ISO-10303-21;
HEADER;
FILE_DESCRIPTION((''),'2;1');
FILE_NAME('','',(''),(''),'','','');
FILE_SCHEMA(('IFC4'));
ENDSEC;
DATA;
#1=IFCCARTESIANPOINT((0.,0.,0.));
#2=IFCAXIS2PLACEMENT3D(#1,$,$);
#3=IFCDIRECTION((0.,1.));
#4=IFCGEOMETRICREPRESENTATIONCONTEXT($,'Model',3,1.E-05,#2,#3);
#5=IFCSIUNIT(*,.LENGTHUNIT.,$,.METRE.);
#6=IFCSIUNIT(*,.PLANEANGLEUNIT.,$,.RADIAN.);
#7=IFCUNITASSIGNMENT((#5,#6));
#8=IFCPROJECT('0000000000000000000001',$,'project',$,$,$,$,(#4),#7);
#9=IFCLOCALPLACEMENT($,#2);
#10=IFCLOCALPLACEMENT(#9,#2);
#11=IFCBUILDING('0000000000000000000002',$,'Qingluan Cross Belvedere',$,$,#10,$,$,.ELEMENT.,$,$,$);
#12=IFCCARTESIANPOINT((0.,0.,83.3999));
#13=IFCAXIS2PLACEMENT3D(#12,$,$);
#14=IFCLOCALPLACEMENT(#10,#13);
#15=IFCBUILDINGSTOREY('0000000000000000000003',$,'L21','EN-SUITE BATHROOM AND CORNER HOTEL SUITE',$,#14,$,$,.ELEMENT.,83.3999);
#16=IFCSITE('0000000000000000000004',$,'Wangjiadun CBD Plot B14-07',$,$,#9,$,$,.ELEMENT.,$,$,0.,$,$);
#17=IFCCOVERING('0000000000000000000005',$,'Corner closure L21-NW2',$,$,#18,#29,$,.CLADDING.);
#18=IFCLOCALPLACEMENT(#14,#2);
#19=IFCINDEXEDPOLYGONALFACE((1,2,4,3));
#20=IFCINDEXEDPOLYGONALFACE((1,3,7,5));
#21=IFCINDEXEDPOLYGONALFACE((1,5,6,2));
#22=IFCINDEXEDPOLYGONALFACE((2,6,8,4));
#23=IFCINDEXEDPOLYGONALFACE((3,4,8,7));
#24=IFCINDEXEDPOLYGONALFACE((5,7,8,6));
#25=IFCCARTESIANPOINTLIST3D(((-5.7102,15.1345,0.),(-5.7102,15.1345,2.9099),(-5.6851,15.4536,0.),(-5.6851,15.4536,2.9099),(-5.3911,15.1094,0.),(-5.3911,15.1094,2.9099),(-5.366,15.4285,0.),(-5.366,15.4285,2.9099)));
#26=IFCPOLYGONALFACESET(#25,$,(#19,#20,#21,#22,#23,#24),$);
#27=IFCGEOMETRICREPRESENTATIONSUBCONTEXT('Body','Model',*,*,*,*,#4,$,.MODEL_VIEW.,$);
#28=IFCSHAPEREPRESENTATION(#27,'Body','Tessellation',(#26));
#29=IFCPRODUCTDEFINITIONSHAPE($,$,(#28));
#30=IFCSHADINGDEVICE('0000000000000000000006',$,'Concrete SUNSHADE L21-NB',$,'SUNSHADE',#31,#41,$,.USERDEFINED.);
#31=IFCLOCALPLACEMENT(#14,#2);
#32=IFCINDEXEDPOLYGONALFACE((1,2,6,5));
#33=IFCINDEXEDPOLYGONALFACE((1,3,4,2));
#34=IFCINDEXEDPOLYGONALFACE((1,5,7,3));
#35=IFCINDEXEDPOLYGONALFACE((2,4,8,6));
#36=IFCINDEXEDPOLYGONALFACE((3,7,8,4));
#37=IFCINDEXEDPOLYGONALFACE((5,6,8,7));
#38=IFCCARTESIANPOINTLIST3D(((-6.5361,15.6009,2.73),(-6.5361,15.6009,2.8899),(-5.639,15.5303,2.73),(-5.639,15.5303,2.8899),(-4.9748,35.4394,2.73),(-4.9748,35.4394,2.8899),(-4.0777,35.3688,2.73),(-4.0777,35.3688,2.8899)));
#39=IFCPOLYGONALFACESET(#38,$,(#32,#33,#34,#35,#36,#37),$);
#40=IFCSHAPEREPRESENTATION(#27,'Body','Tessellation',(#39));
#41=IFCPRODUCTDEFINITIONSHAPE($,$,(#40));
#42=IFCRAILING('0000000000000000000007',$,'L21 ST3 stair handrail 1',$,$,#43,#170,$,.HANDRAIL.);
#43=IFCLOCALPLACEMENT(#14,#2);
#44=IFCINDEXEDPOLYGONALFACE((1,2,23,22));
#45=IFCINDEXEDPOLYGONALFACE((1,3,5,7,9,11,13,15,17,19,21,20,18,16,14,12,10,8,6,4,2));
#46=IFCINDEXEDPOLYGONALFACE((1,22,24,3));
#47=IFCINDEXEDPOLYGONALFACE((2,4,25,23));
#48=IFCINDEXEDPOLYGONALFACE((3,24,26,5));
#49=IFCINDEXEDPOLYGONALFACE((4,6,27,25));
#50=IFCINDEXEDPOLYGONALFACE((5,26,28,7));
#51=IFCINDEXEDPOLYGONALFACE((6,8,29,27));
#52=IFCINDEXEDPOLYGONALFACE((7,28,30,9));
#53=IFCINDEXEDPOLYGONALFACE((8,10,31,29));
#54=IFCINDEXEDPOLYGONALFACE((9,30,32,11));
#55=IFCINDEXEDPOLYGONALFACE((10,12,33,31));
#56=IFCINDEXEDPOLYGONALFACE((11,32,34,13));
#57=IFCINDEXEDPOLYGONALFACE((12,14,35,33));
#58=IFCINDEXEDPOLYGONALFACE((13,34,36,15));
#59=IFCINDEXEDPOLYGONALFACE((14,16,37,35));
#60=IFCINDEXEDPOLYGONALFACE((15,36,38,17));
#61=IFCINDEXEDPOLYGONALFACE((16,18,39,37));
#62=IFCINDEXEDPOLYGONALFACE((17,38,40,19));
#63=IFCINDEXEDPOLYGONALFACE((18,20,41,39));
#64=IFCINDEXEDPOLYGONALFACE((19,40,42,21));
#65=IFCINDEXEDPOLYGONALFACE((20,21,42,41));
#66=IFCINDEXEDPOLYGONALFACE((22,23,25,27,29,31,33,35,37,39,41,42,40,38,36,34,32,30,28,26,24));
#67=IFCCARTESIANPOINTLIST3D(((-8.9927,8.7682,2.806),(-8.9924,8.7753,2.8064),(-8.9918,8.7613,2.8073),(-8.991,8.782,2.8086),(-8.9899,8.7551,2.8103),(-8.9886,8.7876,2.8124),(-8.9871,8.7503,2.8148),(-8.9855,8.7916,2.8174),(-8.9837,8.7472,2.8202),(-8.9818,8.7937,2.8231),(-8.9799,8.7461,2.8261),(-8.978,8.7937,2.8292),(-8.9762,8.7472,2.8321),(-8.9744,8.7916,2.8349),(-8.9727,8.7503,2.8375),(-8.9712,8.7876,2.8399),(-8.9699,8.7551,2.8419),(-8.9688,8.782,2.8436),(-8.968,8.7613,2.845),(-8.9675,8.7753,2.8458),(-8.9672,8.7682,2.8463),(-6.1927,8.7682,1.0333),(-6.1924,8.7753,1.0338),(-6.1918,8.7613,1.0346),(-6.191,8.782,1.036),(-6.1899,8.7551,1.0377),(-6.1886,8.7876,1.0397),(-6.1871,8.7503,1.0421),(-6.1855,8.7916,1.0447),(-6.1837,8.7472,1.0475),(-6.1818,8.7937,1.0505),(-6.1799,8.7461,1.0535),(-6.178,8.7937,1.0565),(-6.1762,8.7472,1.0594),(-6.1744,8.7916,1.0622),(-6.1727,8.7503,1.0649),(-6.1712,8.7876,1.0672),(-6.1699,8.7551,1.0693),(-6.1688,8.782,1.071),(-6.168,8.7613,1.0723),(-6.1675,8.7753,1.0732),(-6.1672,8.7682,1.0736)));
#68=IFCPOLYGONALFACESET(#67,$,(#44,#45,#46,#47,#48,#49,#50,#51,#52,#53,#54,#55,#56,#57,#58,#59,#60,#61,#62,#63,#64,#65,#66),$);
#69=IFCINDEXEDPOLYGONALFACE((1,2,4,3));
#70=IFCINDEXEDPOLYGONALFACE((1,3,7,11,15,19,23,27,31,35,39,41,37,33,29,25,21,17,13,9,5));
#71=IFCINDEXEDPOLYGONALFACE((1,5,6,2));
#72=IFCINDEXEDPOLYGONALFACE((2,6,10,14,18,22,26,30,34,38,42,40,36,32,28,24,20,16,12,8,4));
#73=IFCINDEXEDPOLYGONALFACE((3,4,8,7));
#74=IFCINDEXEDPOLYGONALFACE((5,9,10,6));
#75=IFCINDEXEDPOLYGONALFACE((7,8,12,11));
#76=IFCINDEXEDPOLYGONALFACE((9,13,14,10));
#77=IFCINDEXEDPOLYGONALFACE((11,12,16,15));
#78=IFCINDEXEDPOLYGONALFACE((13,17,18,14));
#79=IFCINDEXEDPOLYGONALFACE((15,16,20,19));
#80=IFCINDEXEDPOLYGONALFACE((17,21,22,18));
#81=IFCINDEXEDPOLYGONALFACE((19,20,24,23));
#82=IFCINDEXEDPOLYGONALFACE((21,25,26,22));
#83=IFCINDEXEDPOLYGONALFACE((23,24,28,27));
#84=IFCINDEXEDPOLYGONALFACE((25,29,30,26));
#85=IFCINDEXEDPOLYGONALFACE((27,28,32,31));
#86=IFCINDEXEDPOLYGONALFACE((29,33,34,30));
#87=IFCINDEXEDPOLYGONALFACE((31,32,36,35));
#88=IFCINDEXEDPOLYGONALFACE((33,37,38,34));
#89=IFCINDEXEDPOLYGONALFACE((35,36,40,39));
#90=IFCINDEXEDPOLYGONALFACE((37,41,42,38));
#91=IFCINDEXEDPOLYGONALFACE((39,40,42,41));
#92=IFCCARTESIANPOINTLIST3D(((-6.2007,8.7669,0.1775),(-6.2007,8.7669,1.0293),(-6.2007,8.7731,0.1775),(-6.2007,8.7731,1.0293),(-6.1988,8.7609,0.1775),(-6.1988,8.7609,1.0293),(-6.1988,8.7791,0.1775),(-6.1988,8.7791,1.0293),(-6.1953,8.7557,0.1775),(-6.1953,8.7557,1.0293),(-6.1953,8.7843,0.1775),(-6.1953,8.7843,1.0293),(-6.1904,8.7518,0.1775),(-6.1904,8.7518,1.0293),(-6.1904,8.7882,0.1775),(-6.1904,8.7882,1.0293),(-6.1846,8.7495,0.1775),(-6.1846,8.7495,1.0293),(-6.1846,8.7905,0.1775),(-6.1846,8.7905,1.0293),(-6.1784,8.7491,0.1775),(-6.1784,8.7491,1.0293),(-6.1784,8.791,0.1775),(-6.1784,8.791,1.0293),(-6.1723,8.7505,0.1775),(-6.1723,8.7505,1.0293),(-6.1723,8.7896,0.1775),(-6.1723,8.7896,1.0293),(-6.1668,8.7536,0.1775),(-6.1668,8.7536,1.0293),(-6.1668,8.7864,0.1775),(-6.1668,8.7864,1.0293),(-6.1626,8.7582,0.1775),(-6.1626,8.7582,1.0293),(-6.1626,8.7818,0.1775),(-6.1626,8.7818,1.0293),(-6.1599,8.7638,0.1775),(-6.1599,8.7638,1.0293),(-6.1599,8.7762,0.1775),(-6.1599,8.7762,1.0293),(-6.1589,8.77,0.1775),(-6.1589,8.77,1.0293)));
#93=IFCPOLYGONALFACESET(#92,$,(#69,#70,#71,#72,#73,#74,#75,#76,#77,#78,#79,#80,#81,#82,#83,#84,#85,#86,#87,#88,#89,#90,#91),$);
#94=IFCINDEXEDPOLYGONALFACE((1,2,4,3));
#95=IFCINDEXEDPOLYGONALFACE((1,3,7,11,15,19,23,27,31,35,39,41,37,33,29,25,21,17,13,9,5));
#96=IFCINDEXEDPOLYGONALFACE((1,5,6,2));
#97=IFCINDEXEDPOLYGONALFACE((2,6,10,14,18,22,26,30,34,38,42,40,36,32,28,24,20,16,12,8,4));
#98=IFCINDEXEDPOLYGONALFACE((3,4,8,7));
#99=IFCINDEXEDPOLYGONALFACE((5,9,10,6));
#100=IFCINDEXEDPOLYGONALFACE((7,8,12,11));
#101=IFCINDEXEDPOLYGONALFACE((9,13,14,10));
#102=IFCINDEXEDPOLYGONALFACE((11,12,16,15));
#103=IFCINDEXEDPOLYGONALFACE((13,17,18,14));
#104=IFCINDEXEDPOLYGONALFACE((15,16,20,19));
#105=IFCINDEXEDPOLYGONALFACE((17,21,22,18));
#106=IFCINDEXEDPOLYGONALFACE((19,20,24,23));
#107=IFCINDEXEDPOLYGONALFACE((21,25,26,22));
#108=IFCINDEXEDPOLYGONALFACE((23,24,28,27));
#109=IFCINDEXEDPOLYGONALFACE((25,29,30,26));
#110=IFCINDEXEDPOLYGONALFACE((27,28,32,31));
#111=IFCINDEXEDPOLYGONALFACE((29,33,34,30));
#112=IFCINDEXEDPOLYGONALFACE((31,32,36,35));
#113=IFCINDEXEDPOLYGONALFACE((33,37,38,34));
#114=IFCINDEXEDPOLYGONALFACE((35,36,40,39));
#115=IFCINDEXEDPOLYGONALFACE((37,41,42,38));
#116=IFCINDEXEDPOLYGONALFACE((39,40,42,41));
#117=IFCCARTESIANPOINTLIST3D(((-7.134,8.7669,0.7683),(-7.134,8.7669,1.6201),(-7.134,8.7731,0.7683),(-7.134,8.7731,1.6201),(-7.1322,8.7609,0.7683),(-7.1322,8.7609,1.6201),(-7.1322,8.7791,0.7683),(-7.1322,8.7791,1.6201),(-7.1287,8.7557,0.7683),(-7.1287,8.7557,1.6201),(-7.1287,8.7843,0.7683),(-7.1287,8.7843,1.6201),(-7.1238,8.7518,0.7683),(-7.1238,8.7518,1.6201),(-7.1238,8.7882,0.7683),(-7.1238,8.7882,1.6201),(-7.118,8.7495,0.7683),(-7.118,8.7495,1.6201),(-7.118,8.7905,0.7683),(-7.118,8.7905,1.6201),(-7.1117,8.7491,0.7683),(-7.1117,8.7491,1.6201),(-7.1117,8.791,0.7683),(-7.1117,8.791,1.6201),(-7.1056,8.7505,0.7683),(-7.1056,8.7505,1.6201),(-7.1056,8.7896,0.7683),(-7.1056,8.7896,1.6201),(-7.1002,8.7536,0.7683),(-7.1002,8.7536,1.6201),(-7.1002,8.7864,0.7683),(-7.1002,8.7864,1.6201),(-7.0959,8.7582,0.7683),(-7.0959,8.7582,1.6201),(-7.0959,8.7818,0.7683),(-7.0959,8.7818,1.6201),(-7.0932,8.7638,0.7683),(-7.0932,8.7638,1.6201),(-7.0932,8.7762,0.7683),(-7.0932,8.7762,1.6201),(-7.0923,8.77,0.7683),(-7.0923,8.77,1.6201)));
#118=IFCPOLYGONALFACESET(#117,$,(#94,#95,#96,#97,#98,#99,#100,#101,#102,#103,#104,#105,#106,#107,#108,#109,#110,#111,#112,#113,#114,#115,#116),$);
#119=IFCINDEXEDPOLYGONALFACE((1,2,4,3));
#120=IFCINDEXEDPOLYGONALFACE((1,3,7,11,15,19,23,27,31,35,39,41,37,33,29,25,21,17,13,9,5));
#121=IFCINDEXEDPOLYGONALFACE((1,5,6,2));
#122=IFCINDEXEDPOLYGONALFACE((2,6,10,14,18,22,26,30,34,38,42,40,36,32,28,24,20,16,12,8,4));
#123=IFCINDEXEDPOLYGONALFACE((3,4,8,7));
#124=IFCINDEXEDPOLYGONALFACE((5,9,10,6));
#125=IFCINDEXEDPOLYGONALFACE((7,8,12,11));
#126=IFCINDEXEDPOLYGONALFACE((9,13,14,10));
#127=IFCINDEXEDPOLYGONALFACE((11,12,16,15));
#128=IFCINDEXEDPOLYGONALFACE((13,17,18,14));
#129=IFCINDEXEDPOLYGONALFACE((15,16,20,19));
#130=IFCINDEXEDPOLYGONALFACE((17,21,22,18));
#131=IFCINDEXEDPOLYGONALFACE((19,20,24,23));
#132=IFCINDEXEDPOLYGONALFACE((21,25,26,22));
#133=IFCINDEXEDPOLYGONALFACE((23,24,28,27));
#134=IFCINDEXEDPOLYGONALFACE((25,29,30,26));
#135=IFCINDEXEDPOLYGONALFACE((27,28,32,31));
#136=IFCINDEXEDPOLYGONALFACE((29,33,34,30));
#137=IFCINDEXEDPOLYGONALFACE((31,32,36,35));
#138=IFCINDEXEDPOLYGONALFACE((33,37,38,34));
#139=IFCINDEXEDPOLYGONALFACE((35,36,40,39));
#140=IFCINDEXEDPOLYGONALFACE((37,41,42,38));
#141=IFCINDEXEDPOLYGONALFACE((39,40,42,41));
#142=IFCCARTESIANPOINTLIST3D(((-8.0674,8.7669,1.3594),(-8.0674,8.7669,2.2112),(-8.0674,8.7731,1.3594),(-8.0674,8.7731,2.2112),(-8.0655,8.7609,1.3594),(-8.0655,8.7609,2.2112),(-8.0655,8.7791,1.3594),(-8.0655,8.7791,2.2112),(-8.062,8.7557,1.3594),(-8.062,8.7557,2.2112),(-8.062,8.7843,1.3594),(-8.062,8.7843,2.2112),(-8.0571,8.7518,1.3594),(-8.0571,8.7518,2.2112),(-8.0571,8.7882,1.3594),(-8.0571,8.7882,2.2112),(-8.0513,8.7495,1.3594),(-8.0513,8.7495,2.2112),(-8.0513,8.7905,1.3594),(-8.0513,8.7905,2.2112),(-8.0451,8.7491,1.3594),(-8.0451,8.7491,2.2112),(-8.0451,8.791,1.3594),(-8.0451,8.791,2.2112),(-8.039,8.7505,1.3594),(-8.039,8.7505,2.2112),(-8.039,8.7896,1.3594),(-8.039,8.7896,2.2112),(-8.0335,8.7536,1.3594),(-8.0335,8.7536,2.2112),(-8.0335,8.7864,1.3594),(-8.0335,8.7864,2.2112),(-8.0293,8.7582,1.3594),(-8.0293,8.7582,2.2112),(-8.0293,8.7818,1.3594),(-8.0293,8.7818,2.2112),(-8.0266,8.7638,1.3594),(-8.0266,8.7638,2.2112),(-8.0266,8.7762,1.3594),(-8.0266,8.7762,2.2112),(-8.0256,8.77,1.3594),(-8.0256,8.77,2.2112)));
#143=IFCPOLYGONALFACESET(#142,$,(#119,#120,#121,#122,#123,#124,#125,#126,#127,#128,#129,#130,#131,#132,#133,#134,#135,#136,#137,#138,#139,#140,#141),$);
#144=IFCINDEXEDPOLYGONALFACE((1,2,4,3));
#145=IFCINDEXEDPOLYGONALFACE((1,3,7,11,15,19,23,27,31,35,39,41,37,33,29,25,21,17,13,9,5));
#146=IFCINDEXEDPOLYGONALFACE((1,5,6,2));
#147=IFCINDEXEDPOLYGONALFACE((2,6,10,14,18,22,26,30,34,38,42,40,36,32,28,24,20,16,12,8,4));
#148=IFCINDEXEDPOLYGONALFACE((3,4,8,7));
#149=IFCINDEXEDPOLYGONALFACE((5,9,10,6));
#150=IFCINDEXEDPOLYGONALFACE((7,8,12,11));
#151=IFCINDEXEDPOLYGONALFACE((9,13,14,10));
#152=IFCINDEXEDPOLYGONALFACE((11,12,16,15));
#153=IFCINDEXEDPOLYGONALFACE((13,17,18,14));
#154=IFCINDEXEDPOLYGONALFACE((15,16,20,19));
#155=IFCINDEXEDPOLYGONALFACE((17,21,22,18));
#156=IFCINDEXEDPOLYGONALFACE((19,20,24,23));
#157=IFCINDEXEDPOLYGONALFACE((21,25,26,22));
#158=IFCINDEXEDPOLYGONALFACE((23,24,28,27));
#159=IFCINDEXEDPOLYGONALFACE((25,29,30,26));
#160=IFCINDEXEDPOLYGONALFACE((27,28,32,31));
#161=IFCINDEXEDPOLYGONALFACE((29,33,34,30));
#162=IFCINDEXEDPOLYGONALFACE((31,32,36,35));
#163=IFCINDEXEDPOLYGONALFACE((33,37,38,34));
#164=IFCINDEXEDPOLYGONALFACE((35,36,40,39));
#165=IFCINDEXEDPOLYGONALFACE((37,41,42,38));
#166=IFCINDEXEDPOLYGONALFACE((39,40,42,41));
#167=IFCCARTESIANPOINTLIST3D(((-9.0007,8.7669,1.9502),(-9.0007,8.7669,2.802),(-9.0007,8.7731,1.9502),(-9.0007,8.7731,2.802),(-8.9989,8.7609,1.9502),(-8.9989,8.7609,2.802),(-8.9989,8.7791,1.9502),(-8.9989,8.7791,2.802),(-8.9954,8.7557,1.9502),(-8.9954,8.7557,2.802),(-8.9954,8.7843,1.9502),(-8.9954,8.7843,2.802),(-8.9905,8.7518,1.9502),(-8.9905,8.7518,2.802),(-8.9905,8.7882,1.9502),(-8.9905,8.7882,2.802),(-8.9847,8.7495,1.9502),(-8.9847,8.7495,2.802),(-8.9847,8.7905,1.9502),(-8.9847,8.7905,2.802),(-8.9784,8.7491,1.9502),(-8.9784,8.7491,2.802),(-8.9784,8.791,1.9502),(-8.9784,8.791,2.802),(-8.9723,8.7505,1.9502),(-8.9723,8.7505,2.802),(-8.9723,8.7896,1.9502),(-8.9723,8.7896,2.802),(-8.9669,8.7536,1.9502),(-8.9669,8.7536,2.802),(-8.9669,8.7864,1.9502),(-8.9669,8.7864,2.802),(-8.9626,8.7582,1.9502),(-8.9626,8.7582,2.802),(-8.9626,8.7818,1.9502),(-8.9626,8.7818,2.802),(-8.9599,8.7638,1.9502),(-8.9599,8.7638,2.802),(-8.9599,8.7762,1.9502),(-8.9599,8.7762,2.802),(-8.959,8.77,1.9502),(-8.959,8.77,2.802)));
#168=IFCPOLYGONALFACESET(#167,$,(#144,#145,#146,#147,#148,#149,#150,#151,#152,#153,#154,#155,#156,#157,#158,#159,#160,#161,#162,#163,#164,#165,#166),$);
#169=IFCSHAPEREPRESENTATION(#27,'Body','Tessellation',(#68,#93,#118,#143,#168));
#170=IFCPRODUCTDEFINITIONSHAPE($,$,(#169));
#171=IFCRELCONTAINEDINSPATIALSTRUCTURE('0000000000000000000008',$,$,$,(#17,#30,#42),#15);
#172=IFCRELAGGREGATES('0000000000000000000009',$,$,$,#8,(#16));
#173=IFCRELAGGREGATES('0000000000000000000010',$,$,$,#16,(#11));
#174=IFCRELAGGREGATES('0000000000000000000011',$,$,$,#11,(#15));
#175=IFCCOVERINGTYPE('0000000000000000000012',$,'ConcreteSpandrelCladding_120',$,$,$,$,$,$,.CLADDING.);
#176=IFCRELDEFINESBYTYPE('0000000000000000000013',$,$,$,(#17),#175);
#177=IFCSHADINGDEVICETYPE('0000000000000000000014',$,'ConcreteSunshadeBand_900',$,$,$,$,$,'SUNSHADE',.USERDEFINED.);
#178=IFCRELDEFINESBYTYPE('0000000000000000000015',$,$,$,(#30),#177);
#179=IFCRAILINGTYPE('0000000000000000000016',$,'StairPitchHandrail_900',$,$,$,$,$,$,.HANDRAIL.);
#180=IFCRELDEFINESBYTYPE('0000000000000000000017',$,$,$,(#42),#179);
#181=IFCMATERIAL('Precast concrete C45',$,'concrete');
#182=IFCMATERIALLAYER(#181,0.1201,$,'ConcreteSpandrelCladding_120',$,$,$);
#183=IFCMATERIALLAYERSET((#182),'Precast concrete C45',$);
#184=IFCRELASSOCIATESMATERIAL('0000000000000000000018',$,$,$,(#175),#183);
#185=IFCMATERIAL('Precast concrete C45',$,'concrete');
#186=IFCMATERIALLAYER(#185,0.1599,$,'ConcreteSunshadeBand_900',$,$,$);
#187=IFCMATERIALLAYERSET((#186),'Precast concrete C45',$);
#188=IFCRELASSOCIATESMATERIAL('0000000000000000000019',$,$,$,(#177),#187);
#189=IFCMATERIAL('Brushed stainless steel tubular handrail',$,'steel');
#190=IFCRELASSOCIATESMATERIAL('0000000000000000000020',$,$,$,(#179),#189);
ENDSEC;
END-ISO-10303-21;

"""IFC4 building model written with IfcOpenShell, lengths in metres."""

from ifc_helpers import new_model, si_unit, direction, frame, origin, origin_2d, place, context, subcontext, project, spatial, rectangle, circle, extrude, material, layer, layer_set, type_object, element, save


model = new_model("IFC4")

# Units and contexts
model_context = context("Model", 3, precision=1e-05, world=origin(), true_north=direction((0.0, 1.0)))
body_context = subcontext(model_context, "Body", "Model", "MODEL_VIEW")
ifc_project = project(units=[si_unit("LENGTHUNIT", "METRE"), si_unit("PLANEANGLEUNIT", "RADIAN")], contexts=[model_context])

# Site, building, storey
site_placement = place(None, origin())
site = spatial("IfcSite", under=ifc_project, at=site_placement, Name="Wangjiadun CBD Plot B14-07", CompositionType="ELEMENT", RefElevation=0.0)
building_placement = place(site_placement, origin())
building = spatial("IfcBuilding", under=site, at=building_placement, Name="Qingluan Cross Belvedere", CompositionType="ELEMENT")
storey_placement = place(building_placement, frame((0.0, 0.0, 83.3999)))
storey = spatial("IfcBuildingStorey", under=building, at=storey_placement, Name="L21", Description="EN-SUITE BATHROOM AND CORNER HOTEL SUITE", CompositionType="ELEMENT", Elevation=83.3999)

# Covering
ifc_material_1 = material(Name="Precast concrete C45", Category="concrete")
ifc_layer_1 = layer(ifc_material_1, 0.1201, Name="ConcreteSpandrelCladding_120")
ifc_layer_set_1 = layer_set([ifc_layer_1], Name="Precast concrete C45")
covering_type = type_object("IfcCoveringType", Name="ConcreteSpandrelCladding_120", PredefinedType="CLADDING", material=ifc_layer_set_1)
covering_placement = place(storey_placement, frame((-5.5381, 15.2815, 0.0), z_axis=(0.0, 0.0, 1.0), x_axis=(0.996917, -0.078459, 0.0)))
element("IfcCovering", 1, at=covering_placement, inside=storey, type_object=covering_type, Name="Corner closure L21-NW2", PredefinedType="CLADDING", context=body_context, shape_type="SweptSolid", body=[
    extrude(rectangle(XDim=0.3201, YDim=0.3201, at=origin_2d()), origin(), (0.0, 0.0, 1.0), 2.9099),
])

# Shading device
ifc_material_2 = material(Name="Precast concrete C45", Category="concrete")
ifc_layer_2 = layer(ifc_material_2, 0.1599, Name="ConcreteSunshadeBand_900")
ifc_layer_set_2 = layer_set([ifc_layer_2], Name="Precast concrete C45")
shading_device_type = type_object("IfcShadingDeviceType", Name="ConcreteSunshadeBand_900", ElementType="SUNSHADE", PredefinedType="USERDEFINED", material=ifc_layer_set_2)
shading_device_placement = place(storey_placement, frame((-5.3069, 25.4849, 2.73), z_axis=(0.0, 0.0, 1.0), x_axis=(-0.078458, -0.996917, 0.0)))
element("IfcShadingDevice", 2, at=shading_device_placement, inside=storey, type_object=shading_device_type, Name="Concrete SUNSHADE L21-NB", ObjectType="SUNSHADE", PredefinedType="USERDEFINED", context=body_context, shape_type="SweptSolid", body=[
    extrude(rectangle(XDim=19.8999, YDim=0.8999, at=origin_2d()), origin(), (0.0, 0.0, 1.0), 0.1599),
])

# Railing
ifc_material_3 = material(Name="Brushed stainless steel tubular handrail", Category="steel")
railing_type = type_object("IfcRailingType", Name="StairPitchHandrail_900", PredefinedType="HANDRAIL", material=ifc_material_3)
railing_placement = place(storey_placement, frame((-6.1799, 8.77, 0.1775)))
element("IfcRailing", 3, at=railing_placement, inside=storey, type_object=railing_type, Name="L21 ST3 stair handrail 1", PredefinedType="HANDRAIL", context=body_context, shape_type="SweptSolid", body=[
    extrude(circle(Radius=0.0239, at=origin_2d()), frame((0.0, 0.0, 0.876), z_axis=(-0.844909, 0.0, 0.53491), x_axis=(0.0, -1.0, 0.0)), (0.0, 0.0, 1.0), 3.314),
    extrude(circle(Radius=0.021, at=origin_2d()), origin(), (0.0, 0.0, 1.0), 0.8518),
    extrude(circle(Radius=0.021, at=origin_2d()), frame((-0.9333, 0.0, 0.5908)), (0.0, 0.0, 1.0), 0.8518),
    extrude(circle(Radius=0.021, at=origin_2d()), frame((-1.8667, 0.0, 1.1819)), (0.0, 0.0, 1.0), 0.8518),
    extrude(circle(Radius=0.021, at=origin_2d()), frame((-2.8, 0.0, 1.7727)), (0.0, 0.0, 1.0), 0.8518),
])

save(model, "model.ifc")
